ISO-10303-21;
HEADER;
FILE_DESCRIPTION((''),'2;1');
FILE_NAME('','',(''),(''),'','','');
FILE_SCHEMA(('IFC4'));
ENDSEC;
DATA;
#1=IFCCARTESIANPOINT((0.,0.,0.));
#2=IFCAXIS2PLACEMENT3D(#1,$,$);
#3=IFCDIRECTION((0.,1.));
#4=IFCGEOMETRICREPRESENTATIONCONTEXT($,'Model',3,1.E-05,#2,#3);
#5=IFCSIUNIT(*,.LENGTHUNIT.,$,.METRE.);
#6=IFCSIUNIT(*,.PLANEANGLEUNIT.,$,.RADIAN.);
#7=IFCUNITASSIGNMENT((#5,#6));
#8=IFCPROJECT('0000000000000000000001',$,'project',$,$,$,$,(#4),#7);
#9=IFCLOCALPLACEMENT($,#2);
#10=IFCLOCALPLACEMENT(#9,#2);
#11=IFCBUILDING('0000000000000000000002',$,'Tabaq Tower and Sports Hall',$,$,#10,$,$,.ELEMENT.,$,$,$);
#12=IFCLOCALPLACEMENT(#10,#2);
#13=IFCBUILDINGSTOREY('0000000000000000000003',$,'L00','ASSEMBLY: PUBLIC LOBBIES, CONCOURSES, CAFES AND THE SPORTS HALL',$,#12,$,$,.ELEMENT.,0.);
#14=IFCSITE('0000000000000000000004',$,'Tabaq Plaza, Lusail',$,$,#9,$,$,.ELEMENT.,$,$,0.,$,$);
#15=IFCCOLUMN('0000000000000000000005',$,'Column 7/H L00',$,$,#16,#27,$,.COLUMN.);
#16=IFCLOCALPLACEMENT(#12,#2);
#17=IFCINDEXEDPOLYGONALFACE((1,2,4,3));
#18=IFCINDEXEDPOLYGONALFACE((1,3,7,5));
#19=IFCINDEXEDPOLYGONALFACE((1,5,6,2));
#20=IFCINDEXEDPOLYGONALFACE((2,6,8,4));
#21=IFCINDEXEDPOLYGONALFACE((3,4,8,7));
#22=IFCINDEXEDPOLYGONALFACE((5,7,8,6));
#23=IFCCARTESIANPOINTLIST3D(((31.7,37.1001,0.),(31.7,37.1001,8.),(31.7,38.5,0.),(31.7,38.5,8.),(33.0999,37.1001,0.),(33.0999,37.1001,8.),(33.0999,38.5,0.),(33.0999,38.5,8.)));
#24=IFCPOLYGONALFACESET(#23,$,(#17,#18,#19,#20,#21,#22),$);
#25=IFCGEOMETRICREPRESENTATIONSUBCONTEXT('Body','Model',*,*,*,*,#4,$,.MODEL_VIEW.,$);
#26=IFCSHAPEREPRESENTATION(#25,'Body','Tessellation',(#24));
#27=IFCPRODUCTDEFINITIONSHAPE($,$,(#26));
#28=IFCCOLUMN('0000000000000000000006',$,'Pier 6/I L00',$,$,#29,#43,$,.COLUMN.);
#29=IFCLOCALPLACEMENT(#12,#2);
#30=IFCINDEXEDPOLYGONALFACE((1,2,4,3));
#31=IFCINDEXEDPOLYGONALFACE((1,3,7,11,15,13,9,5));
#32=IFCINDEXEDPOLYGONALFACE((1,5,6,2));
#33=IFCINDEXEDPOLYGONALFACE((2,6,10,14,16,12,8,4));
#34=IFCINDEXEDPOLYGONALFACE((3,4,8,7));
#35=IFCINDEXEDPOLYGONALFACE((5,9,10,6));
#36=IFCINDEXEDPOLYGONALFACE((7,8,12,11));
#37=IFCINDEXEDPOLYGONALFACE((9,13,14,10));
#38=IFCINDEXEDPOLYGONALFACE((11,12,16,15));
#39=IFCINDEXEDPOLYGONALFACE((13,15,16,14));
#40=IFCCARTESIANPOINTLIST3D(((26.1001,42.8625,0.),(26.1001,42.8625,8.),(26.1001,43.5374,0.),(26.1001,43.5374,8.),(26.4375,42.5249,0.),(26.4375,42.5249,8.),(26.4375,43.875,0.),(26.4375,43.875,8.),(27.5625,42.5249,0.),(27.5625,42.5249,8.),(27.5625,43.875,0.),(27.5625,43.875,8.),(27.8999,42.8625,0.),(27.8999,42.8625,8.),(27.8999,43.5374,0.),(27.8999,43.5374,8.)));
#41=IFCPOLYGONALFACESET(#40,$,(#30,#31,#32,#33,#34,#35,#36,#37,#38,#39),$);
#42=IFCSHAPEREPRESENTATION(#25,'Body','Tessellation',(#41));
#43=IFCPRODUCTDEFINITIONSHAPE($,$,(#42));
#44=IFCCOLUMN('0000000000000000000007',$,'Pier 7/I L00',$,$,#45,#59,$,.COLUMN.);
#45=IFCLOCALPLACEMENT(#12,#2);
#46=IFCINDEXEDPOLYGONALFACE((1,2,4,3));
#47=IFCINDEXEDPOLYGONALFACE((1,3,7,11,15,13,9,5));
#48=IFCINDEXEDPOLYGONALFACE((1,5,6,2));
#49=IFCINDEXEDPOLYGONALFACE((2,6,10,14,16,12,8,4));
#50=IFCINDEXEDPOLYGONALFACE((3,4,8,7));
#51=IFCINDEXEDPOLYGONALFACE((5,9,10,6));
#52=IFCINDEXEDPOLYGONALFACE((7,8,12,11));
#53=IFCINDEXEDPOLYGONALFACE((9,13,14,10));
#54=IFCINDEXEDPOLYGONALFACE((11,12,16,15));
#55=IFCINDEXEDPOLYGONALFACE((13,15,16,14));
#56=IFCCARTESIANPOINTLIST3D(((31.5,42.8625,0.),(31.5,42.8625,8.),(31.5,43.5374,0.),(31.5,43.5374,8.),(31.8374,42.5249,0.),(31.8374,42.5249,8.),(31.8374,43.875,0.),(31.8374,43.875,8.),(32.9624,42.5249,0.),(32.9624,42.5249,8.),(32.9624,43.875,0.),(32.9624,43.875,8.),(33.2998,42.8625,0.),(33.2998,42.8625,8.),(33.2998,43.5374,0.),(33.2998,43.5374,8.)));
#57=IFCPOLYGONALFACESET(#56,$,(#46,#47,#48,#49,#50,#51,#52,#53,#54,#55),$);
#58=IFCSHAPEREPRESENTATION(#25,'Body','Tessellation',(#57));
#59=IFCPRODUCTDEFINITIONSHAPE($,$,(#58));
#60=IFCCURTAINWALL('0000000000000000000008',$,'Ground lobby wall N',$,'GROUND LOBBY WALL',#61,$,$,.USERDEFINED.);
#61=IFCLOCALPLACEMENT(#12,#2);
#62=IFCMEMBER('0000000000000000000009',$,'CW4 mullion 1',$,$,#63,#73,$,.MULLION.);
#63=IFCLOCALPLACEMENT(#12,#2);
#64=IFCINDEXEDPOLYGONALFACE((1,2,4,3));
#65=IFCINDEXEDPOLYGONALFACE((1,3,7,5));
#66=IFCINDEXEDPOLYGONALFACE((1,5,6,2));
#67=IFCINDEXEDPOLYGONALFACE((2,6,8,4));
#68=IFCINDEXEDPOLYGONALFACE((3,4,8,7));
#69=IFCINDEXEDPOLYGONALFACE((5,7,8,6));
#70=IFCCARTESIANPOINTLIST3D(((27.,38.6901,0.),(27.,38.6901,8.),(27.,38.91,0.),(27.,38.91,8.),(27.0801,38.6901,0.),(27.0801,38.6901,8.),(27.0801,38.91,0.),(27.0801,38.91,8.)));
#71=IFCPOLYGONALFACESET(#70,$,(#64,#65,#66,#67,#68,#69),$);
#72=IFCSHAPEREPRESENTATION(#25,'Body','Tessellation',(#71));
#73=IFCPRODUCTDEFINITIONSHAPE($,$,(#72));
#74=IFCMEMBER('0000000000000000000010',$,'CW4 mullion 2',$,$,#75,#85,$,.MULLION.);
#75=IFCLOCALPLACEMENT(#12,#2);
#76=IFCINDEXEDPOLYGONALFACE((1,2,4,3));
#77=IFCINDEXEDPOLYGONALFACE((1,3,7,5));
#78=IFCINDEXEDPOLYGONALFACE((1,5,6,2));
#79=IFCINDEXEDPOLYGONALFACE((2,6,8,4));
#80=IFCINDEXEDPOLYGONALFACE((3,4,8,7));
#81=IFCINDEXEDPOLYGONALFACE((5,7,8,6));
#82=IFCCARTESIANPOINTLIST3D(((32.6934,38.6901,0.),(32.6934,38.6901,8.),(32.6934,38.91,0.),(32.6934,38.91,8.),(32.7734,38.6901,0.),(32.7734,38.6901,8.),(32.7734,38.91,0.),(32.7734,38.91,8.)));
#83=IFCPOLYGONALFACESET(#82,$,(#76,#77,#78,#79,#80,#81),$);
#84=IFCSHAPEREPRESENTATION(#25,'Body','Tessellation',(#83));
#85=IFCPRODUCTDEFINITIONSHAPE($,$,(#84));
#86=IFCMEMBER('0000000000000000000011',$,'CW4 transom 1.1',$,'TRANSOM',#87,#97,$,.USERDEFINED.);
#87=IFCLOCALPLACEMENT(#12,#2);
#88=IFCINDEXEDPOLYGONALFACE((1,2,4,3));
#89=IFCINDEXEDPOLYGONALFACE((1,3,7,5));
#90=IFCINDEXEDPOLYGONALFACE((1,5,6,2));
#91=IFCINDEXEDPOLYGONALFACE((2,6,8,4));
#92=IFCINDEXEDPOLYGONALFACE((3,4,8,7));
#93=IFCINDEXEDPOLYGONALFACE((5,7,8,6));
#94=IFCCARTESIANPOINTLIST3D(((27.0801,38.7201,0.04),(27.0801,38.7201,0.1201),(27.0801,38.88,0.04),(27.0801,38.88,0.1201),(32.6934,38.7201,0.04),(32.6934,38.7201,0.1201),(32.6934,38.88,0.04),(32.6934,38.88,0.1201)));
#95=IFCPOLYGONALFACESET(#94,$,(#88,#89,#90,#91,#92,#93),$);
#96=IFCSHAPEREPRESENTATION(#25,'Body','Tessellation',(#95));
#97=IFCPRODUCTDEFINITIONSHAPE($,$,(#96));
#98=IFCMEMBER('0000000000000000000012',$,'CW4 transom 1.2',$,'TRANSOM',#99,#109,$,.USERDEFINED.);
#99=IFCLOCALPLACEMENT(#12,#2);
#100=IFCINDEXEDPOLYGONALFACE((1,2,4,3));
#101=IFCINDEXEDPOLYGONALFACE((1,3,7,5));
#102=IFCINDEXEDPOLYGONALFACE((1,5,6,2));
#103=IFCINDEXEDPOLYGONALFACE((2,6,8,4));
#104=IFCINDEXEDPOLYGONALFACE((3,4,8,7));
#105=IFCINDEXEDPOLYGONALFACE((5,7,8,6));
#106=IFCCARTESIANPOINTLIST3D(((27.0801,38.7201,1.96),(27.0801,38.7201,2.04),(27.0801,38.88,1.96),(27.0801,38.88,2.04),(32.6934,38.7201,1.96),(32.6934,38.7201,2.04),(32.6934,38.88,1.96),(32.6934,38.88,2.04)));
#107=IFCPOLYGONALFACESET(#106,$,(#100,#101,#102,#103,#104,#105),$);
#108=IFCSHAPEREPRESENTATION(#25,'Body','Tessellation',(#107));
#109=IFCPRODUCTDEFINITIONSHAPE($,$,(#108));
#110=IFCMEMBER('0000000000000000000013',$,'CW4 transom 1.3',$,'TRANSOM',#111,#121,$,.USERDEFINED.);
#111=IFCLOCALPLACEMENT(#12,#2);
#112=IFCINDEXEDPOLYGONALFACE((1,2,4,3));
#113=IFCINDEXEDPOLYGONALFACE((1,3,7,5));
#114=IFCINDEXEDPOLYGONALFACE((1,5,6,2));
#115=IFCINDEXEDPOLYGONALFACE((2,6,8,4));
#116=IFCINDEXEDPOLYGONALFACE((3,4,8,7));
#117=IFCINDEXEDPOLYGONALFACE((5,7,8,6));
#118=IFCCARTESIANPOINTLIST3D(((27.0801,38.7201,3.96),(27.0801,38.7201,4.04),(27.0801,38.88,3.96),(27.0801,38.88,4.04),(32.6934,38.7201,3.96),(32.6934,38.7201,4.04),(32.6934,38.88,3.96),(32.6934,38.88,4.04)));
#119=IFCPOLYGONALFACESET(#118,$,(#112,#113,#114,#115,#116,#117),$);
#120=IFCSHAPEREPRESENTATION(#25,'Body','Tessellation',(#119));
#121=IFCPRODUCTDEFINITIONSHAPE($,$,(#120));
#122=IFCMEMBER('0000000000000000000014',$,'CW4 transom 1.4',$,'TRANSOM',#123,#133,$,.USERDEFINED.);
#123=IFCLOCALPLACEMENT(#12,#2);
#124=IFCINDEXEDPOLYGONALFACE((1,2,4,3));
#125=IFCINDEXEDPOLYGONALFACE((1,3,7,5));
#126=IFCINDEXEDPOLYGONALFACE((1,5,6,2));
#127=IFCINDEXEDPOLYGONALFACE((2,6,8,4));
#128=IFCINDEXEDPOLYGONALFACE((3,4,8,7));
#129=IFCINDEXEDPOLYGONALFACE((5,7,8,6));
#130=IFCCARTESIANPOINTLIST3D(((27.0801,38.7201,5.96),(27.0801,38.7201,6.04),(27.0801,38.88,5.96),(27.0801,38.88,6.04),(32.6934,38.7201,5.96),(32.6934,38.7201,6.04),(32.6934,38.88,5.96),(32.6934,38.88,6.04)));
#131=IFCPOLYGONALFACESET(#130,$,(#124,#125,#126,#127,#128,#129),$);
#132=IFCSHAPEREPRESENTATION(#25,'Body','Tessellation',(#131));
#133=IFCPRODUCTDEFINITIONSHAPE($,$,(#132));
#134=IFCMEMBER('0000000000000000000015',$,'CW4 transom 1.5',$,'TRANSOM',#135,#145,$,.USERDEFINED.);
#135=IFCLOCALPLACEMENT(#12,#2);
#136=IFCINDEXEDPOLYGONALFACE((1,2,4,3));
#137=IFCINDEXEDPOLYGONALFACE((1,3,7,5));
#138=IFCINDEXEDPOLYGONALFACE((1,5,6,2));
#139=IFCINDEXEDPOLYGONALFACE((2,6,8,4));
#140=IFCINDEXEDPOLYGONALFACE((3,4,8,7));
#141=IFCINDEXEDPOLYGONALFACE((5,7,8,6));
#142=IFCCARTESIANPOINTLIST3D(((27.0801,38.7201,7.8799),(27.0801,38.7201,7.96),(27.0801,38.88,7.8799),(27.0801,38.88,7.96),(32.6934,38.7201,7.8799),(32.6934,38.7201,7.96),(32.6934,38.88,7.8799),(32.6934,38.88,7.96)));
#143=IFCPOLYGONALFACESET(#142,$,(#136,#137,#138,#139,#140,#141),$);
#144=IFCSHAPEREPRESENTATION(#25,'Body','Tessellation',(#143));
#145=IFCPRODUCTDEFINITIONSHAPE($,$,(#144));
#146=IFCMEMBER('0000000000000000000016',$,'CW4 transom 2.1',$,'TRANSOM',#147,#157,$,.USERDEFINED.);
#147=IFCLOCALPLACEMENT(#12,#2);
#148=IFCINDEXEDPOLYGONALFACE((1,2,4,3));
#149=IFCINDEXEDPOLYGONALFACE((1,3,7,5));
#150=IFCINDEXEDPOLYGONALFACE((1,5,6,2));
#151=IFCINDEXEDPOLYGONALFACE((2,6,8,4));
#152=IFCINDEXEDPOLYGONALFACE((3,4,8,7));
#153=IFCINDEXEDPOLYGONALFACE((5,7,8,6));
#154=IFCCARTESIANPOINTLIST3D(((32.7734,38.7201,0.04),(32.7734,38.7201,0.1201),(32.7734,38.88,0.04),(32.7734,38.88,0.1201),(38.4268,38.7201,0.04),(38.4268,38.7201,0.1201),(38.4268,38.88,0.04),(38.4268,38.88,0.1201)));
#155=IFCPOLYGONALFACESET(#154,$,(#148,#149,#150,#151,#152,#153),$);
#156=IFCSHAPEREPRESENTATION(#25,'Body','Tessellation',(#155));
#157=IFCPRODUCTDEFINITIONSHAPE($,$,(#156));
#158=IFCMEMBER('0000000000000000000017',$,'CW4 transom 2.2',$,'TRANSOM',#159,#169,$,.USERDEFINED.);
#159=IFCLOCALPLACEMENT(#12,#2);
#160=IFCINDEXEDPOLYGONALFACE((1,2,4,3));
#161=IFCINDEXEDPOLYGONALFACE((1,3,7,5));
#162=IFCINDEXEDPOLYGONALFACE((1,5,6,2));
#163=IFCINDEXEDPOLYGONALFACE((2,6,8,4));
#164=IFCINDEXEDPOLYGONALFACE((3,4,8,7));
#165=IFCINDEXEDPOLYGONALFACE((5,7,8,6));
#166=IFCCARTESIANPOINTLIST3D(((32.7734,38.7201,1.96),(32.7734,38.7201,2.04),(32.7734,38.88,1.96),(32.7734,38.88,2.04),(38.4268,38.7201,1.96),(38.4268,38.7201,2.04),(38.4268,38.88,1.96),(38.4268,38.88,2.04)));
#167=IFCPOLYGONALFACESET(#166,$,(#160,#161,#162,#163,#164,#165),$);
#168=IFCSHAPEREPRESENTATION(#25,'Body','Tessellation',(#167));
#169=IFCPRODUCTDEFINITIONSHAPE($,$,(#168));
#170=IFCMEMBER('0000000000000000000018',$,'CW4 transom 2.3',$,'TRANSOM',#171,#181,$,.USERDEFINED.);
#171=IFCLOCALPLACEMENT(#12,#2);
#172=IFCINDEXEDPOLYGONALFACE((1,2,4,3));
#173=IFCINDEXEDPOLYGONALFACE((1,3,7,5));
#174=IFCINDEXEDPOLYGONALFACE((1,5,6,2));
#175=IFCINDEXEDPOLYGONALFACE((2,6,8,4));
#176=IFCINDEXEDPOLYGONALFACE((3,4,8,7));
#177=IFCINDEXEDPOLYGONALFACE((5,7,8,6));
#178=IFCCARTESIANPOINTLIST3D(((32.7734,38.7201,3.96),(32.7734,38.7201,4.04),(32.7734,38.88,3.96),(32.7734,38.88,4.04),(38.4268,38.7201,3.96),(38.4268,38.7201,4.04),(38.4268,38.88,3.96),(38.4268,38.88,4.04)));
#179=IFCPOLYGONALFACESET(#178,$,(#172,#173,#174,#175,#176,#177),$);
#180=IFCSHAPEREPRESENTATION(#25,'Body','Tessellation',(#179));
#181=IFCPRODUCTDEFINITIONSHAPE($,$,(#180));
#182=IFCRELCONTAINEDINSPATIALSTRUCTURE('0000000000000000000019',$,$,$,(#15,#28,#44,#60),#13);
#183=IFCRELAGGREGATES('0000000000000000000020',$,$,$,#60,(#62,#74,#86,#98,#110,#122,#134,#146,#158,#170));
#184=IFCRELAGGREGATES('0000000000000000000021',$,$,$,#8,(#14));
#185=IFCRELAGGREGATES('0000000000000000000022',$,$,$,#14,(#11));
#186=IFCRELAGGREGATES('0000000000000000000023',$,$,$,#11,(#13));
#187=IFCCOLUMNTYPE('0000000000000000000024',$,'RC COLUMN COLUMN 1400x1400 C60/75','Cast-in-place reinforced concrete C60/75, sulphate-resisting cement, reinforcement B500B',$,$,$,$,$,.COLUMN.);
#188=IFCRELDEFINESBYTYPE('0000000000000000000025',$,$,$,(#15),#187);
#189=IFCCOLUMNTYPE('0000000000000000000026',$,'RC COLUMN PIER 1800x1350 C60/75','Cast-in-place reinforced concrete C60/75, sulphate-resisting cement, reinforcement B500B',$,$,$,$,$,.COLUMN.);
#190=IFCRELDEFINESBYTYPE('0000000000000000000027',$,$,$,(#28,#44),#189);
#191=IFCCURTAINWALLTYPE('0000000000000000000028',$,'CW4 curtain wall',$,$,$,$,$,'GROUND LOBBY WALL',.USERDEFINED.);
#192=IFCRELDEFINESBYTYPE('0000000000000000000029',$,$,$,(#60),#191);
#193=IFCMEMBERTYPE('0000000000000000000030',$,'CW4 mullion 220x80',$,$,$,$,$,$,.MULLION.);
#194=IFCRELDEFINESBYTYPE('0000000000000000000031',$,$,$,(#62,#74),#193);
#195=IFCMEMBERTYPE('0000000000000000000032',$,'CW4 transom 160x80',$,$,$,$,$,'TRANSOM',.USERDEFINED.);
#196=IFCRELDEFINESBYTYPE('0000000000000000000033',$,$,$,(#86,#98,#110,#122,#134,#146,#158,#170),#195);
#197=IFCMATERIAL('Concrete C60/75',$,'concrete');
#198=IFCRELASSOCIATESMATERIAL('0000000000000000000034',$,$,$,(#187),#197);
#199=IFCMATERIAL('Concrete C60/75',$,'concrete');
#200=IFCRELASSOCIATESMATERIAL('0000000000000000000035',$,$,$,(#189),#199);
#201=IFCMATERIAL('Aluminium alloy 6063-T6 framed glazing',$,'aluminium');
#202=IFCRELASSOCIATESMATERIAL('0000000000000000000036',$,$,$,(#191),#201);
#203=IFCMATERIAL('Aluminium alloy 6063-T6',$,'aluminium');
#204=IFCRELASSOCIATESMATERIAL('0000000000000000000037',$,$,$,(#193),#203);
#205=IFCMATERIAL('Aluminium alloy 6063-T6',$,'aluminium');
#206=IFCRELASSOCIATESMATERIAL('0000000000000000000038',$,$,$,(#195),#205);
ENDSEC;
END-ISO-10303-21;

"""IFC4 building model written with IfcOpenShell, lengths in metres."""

from ifc_helpers import new_model, si_unit, direction, frame, origin, origin_2d, place, context, subcontext, project, spatial, polyline, rectangle, outline, extrude, material, material_profile, profile_set, type_object, element, aggregate, save


model = new_model("IFC4")

# Units and contexts
model_context = context("Model", 3, precision=1e-05, world=origin(), true_north=direction((0.0, 1.0)))
body_context = subcontext(model_context, "Body", "Model", "MODEL_VIEW")
ifc_project = project(units=[si_unit("LENGTHUNIT", "METRE"), si_unit("PLANEANGLEUNIT", "RADIAN")], contexts=[model_context])

# Site, building, storey
site_placement = place(None, origin())
site = spatial("IfcSite", under=ifc_project, at=site_placement, Name="Tabaq Plaza, Lusail", CompositionType="ELEMENT", RefElevation=0.0)
building_placement = place(site_placement, origin())
building = spatial("IfcBuilding", under=site, at=building_placement, Name="Tabaq Tower and Sports Hall", CompositionType="ELEMENT")
storey_placement = place(building_placement, origin())
storey = spatial("IfcBuildingStorey", under=building, at=storey_placement, Name="L00", Description="ASSEMBLY: PUBLIC LOBBIES, CONCOURSES, CAFES AND THE SPORTS HALL", CompositionType="ELEMENT", Elevation=0.0)

# Columns
ifc_material_1 = material(Name="Concrete C60/75", Category="concrete")
ifc_material_profile_1 = material_profile(ifc_material_1, rectangle(XDim=1.3999, YDim=1.3999, at=origin_2d()), Name="COLUMN 1400x1400")
ifc_profile_set_1 = profile_set([ifc_material_profile_1], Name="Concrete C60/75")
column_type_1 = type_object("IfcColumnType", Name="RC COLUMN COLUMN 1400x1400 C60/75", Description="Cast-in-place reinforced concrete C60/75, sulphate-resisting cement, reinforcement B500B", PredefinedType="COLUMN", material=ifc_profile_set_1)
column_placement = place(storey_placement, frame((32.3999, 37.8, 0.0), z_axis=(0.0, 0.0, 1.0), x_axis=(1.0, 0.0, 0.0)))
element("IfcColumn", 1, at=column_placement, inside=storey, type_object=column_type_1, Name="Column 7/H L00", PredefinedType="COLUMN", context=body_context, shape_type="SweptSolid", body=[
    extrude(rectangle(XDim=1.3999, YDim=1.3999, at=origin_2d()), origin(), (0.0, 0.0, 1.0), 8.0),
])
ifc_material_2 = material(Name="Concrete C60/75", Category="concrete")
ifc_material_profile_2 = material_profile(ifc_material_2, outline(polyline([(-0.5625, -0.675), (0.5625, -0.675), (0.8999, -0.3374), (0.8999, 0.3374), (0.5625, 0.675), (-0.5625, 0.675), (-0.8999, 0.3374), (-0.8999, -0.3374), (-0.5625, -0.675)])), Name="PIER 1800x1350")
ifc_profile_set_2 = profile_set([ifc_material_profile_2], Name="Concrete C60/75")
column_type_2 = type_object("IfcColumnType", Name="RC COLUMN PIER 1800x1350 C60/75", Description="Cast-in-place reinforced concrete C60/75, sulphate-resisting cement, reinforcement B500B", PredefinedType="COLUMN", material=ifc_profile_set_2)
for number, where, z_axis, x_axis, name in (
    (2, (27.0, 43.2, 0.0), (0.0, 0.0, 1.0), (1.0, 0.0, 0.0), "Pier 6/I L00"),
    (3, (32.3999, 43.2, 0.0), (0.0, 0.0, 1.0), (1.0, 0.0, 0.0), "Pier 7/I L00"),
):
    element("IfcColumn", number, at=place(storey_placement, frame(where, z_axis=z_axis, x_axis=x_axis)), inside=storey, type_object=column_type_2, Name=name, PredefinedType="COLUMN", context=body_context, shape_type="SweptSolid", body=[
        extrude(outline(polyline([(-0.5625, -0.675), (0.5625, -0.675), (0.8999, -0.3374), (0.8999, 0.3374), (0.5625, 0.675), (-0.5625, 0.675), (-0.8999, 0.3374), (-0.8999, -0.3374), (-0.5625, -0.675)])), origin(), (0.0, 0.0, 1.0), 8.0),
    ])

# Curtain wall, members
ifc_material_3 = material(Name="Aluminium alloy 6063-T6 framed glazing", Category="aluminium")
curtain_wall_type = type_object("IfcCurtainWallType", Name="CW4 curtain wall", ElementType="GROUND LOBBY WALL", PredefinedType="USERDEFINED", material=ifc_material_3)
curtain_wall_placement = place(storey_placement, origin())
curtain_wall = element("IfcCurtainWall", 4, at=curtain_wall_placement, inside=storey, type_object=curtain_wall_type, Name="Ground lobby wall N", ObjectType="GROUND LOBBY WALL", PredefinedType="USERDEFINED")
ifc_material_4 = material(Name="Aluminium alloy 6063-T6", Category="aluminium")
ifc_material_profile_3 = material_profile(ifc_material_4, rectangle(XDim=0.22, YDim=0.0801, at=origin_2d()), Name="MULLION 220x80")
ifc_profile_set_3 = profile_set([ifc_material_profile_3], Name="Aluminium alloy 6063-T6")
member_type_1 = type_object("IfcMemberType", Name="CW4 mullion 220x80", PredefinedType="MULLION", material=ifc_profile_set_3)
member_1_placement = place(storey_placement, frame((27.04, 38.8, 0.0), z_axis=(0.0, 0.0, 1.0), x_axis=(0.0, 1.0, 0.0)))
member_1 = element("IfcMember", 5, at=member_1_placement, type_object=member_type_1, Name="CW4 mullion 1", PredefinedType="MULLION", context=body_context, shape_type="SweptSolid", body=[
    extrude(rectangle(XDim=0.22, YDim=0.0801, at=origin_2d()), origin(), (0.0, 0.0, 1.0), 8.0),
])
member_2_placement = place(storey_placement, frame((32.7334, 38.8, 0.0), z_axis=(0.0, 0.0, 1.0), x_axis=(0.0, 1.0, 0.0)))
member_2 = element("IfcMember", 6, at=member_2_placement, type_object=member_type_1, Name="CW4 mullion 2", PredefinedType="MULLION", context=body_context, shape_type="SweptSolid", body=[
    extrude(rectangle(XDim=0.22, YDim=0.0801, at=origin_2d()), origin(), (0.0, 0.0, 1.0), 8.0),
])
ifc_material_5 = material(Name="Aluminium alloy 6063-T6", Category="aluminium")
ifc_material_profile_4 = material_profile(ifc_material_5, rectangle(XDim=0.1599, YDim=0.0801, at=origin_2d()), Name="TRANSOM 160x80")
ifc_profile_set_4 = profile_set([ifc_material_profile_4], Name="Aluminium alloy 6063-T6")
member_type_2 = type_object("IfcMemberType", Name="CW4 transom 160x80", ElementType="TRANSOM", PredefinedType="USERDEFINED", material=ifc_profile_set_4)
member_3_placement = place(storey_placement, frame((27.0801, 38.8, 0.0801), z_axis=(1.0, 0.0, 0.0), x_axis=(0.0, 1.0, 0.0)))
member_3 = element("IfcMember", 7, at=member_3_placement, type_object=member_type_2, Name="CW4 transom 1.1", ObjectType="TRANSOM", PredefinedType="USERDEFINED", context=body_context, shape_type="SweptSolid", body=[
    extrude(rectangle(XDim=0.1599, YDim=0.0801, at=origin_2d()), origin(), (0.0, 0.0, 1.0), 5.6133),
])
member_4_placement = place(storey_placement, frame((27.0801, 38.8, 2.0), z_axis=(1.0, 0.0, 0.0), x_axis=(0.0, 1.0, 0.0)))
member_4 = element("IfcMember", 8, at=member_4_placement, type_object=member_type_2, Name="CW4 transom 1.2", ObjectType="TRANSOM", PredefinedType="USERDEFINED", context=body_context, shape_type="SweptSolid", body=[
    extrude(rectangle(XDim=0.1599, YDim=0.0801, at=origin_2d()), origin(), (0.0, 0.0, 1.0), 5.6133),
])
member_5_placement = place(storey_placement, frame((27.0801, 38.8, 4.0), z_axis=(1.0, 0.0, 0.0), x_axis=(0.0, 1.0, 0.0)))
member_5 = element("IfcMember", 9, at=member_5_placement, type_object=member_type_2, Name="CW4 transom 1.3", ObjectType="TRANSOM", PredefinedType="USERDEFINED", context=body_context, shape_type="SweptSolid", body=[
    extrude(rectangle(XDim=0.1599, YDim=0.0801, at=origin_2d()), origin(), (0.0, 0.0, 1.0), 5.6133),
])
member_6_placement = place(storey_placement, frame((27.0801, 38.8, 6.0), z_axis=(1.0, 0.0, 0.0), x_axis=(0.0, 1.0, 0.0)))
member_6 = element("IfcMember", 10, at=member_6_placement, type_object=member_type_2, Name="CW4 transom 1.4", ObjectType="TRANSOM", PredefinedType="USERDEFINED", context=body_context, shape_type="SweptSolid", body=[
    extrude(rectangle(XDim=0.1599, YDim=0.0801, at=origin_2d()), origin(), (0.0, 0.0, 1.0), 5.6133),
])
member_7_placement = place(storey_placement, frame((27.0801, 38.8, 7.9199), z_axis=(1.0, 0.0, 0.0), x_axis=(0.0, 1.0, 0.0)))
member_7 = element("IfcMember", 11, at=member_7_placement, type_object=member_type_2, Name="CW4 transom 1.5", ObjectType="TRANSOM", PredefinedType="USERDEFINED", context=body_context, shape_type="SweptSolid", body=[
    extrude(rectangle(XDim=0.1599, YDim=0.0801, at=origin_2d()), origin(), (0.0, 0.0, 1.0), 5.6133),
])
member_8_placement = place(storey_placement, frame((32.7734, 38.8, 0.0801), z_axis=(1.0, 0.0, 0.0), x_axis=(0.0, 1.0, 0.0)))
member_8 = element("IfcMember", 12, at=member_8_placement, type_object=member_type_2, Name="CW4 transom 2.1", ObjectType="TRANSOM", PredefinedType="USERDEFINED", context=body_context, shape_type="SweptSolid", body=[
    extrude(rectangle(XDim=0.1599, YDim=0.0801, at=origin_2d()), origin(), (0.0, 0.0, 1.0), 5.6533),
])
member_9_placement = place(storey_placement, frame((32.7734, 38.8, 2.0), z_axis=(1.0, 0.0, 0.0), x_axis=(0.0, 1.0, 0.0)))
member_9 = element("IfcMember", 13, at=member_9_placement, type_object=member_type_2, Name="CW4 transom 2.2", ObjectType="TRANSOM", PredefinedType="USERDEFINED", context=body_context, shape_type="SweptSolid", body=[
    extrude(rectangle(XDim=0.1599, YDim=0.0801, at=origin_2d()), origin(), (0.0, 0.0, 1.0), 5.6533),
])
member_10_placement = place(storey_placement, frame((32.7734, 38.8, 4.0), z_axis=(1.0, 0.0, 0.0), x_axis=(0.0, 1.0, 0.0)))
member_10 = element("IfcMember", 14, at=member_10_placement, type_object=member_type_2, Name="CW4 transom 2.3", ObjectType="TRANSOM", PredefinedType="USERDEFINED", context=body_context, shape_type="SweptSolid", body=[
    extrude(rectangle(XDim=0.1599, YDim=0.0801, at=origin_2d()), origin(), (0.0, 0.0, 1.0), 5.6533),
])
aggregate(curtain_wall, [member_1, member_2, member_3, member_4, member_5, member_6, member_7, member_8, member_9, member_10])

save(model, "model.ifc")
